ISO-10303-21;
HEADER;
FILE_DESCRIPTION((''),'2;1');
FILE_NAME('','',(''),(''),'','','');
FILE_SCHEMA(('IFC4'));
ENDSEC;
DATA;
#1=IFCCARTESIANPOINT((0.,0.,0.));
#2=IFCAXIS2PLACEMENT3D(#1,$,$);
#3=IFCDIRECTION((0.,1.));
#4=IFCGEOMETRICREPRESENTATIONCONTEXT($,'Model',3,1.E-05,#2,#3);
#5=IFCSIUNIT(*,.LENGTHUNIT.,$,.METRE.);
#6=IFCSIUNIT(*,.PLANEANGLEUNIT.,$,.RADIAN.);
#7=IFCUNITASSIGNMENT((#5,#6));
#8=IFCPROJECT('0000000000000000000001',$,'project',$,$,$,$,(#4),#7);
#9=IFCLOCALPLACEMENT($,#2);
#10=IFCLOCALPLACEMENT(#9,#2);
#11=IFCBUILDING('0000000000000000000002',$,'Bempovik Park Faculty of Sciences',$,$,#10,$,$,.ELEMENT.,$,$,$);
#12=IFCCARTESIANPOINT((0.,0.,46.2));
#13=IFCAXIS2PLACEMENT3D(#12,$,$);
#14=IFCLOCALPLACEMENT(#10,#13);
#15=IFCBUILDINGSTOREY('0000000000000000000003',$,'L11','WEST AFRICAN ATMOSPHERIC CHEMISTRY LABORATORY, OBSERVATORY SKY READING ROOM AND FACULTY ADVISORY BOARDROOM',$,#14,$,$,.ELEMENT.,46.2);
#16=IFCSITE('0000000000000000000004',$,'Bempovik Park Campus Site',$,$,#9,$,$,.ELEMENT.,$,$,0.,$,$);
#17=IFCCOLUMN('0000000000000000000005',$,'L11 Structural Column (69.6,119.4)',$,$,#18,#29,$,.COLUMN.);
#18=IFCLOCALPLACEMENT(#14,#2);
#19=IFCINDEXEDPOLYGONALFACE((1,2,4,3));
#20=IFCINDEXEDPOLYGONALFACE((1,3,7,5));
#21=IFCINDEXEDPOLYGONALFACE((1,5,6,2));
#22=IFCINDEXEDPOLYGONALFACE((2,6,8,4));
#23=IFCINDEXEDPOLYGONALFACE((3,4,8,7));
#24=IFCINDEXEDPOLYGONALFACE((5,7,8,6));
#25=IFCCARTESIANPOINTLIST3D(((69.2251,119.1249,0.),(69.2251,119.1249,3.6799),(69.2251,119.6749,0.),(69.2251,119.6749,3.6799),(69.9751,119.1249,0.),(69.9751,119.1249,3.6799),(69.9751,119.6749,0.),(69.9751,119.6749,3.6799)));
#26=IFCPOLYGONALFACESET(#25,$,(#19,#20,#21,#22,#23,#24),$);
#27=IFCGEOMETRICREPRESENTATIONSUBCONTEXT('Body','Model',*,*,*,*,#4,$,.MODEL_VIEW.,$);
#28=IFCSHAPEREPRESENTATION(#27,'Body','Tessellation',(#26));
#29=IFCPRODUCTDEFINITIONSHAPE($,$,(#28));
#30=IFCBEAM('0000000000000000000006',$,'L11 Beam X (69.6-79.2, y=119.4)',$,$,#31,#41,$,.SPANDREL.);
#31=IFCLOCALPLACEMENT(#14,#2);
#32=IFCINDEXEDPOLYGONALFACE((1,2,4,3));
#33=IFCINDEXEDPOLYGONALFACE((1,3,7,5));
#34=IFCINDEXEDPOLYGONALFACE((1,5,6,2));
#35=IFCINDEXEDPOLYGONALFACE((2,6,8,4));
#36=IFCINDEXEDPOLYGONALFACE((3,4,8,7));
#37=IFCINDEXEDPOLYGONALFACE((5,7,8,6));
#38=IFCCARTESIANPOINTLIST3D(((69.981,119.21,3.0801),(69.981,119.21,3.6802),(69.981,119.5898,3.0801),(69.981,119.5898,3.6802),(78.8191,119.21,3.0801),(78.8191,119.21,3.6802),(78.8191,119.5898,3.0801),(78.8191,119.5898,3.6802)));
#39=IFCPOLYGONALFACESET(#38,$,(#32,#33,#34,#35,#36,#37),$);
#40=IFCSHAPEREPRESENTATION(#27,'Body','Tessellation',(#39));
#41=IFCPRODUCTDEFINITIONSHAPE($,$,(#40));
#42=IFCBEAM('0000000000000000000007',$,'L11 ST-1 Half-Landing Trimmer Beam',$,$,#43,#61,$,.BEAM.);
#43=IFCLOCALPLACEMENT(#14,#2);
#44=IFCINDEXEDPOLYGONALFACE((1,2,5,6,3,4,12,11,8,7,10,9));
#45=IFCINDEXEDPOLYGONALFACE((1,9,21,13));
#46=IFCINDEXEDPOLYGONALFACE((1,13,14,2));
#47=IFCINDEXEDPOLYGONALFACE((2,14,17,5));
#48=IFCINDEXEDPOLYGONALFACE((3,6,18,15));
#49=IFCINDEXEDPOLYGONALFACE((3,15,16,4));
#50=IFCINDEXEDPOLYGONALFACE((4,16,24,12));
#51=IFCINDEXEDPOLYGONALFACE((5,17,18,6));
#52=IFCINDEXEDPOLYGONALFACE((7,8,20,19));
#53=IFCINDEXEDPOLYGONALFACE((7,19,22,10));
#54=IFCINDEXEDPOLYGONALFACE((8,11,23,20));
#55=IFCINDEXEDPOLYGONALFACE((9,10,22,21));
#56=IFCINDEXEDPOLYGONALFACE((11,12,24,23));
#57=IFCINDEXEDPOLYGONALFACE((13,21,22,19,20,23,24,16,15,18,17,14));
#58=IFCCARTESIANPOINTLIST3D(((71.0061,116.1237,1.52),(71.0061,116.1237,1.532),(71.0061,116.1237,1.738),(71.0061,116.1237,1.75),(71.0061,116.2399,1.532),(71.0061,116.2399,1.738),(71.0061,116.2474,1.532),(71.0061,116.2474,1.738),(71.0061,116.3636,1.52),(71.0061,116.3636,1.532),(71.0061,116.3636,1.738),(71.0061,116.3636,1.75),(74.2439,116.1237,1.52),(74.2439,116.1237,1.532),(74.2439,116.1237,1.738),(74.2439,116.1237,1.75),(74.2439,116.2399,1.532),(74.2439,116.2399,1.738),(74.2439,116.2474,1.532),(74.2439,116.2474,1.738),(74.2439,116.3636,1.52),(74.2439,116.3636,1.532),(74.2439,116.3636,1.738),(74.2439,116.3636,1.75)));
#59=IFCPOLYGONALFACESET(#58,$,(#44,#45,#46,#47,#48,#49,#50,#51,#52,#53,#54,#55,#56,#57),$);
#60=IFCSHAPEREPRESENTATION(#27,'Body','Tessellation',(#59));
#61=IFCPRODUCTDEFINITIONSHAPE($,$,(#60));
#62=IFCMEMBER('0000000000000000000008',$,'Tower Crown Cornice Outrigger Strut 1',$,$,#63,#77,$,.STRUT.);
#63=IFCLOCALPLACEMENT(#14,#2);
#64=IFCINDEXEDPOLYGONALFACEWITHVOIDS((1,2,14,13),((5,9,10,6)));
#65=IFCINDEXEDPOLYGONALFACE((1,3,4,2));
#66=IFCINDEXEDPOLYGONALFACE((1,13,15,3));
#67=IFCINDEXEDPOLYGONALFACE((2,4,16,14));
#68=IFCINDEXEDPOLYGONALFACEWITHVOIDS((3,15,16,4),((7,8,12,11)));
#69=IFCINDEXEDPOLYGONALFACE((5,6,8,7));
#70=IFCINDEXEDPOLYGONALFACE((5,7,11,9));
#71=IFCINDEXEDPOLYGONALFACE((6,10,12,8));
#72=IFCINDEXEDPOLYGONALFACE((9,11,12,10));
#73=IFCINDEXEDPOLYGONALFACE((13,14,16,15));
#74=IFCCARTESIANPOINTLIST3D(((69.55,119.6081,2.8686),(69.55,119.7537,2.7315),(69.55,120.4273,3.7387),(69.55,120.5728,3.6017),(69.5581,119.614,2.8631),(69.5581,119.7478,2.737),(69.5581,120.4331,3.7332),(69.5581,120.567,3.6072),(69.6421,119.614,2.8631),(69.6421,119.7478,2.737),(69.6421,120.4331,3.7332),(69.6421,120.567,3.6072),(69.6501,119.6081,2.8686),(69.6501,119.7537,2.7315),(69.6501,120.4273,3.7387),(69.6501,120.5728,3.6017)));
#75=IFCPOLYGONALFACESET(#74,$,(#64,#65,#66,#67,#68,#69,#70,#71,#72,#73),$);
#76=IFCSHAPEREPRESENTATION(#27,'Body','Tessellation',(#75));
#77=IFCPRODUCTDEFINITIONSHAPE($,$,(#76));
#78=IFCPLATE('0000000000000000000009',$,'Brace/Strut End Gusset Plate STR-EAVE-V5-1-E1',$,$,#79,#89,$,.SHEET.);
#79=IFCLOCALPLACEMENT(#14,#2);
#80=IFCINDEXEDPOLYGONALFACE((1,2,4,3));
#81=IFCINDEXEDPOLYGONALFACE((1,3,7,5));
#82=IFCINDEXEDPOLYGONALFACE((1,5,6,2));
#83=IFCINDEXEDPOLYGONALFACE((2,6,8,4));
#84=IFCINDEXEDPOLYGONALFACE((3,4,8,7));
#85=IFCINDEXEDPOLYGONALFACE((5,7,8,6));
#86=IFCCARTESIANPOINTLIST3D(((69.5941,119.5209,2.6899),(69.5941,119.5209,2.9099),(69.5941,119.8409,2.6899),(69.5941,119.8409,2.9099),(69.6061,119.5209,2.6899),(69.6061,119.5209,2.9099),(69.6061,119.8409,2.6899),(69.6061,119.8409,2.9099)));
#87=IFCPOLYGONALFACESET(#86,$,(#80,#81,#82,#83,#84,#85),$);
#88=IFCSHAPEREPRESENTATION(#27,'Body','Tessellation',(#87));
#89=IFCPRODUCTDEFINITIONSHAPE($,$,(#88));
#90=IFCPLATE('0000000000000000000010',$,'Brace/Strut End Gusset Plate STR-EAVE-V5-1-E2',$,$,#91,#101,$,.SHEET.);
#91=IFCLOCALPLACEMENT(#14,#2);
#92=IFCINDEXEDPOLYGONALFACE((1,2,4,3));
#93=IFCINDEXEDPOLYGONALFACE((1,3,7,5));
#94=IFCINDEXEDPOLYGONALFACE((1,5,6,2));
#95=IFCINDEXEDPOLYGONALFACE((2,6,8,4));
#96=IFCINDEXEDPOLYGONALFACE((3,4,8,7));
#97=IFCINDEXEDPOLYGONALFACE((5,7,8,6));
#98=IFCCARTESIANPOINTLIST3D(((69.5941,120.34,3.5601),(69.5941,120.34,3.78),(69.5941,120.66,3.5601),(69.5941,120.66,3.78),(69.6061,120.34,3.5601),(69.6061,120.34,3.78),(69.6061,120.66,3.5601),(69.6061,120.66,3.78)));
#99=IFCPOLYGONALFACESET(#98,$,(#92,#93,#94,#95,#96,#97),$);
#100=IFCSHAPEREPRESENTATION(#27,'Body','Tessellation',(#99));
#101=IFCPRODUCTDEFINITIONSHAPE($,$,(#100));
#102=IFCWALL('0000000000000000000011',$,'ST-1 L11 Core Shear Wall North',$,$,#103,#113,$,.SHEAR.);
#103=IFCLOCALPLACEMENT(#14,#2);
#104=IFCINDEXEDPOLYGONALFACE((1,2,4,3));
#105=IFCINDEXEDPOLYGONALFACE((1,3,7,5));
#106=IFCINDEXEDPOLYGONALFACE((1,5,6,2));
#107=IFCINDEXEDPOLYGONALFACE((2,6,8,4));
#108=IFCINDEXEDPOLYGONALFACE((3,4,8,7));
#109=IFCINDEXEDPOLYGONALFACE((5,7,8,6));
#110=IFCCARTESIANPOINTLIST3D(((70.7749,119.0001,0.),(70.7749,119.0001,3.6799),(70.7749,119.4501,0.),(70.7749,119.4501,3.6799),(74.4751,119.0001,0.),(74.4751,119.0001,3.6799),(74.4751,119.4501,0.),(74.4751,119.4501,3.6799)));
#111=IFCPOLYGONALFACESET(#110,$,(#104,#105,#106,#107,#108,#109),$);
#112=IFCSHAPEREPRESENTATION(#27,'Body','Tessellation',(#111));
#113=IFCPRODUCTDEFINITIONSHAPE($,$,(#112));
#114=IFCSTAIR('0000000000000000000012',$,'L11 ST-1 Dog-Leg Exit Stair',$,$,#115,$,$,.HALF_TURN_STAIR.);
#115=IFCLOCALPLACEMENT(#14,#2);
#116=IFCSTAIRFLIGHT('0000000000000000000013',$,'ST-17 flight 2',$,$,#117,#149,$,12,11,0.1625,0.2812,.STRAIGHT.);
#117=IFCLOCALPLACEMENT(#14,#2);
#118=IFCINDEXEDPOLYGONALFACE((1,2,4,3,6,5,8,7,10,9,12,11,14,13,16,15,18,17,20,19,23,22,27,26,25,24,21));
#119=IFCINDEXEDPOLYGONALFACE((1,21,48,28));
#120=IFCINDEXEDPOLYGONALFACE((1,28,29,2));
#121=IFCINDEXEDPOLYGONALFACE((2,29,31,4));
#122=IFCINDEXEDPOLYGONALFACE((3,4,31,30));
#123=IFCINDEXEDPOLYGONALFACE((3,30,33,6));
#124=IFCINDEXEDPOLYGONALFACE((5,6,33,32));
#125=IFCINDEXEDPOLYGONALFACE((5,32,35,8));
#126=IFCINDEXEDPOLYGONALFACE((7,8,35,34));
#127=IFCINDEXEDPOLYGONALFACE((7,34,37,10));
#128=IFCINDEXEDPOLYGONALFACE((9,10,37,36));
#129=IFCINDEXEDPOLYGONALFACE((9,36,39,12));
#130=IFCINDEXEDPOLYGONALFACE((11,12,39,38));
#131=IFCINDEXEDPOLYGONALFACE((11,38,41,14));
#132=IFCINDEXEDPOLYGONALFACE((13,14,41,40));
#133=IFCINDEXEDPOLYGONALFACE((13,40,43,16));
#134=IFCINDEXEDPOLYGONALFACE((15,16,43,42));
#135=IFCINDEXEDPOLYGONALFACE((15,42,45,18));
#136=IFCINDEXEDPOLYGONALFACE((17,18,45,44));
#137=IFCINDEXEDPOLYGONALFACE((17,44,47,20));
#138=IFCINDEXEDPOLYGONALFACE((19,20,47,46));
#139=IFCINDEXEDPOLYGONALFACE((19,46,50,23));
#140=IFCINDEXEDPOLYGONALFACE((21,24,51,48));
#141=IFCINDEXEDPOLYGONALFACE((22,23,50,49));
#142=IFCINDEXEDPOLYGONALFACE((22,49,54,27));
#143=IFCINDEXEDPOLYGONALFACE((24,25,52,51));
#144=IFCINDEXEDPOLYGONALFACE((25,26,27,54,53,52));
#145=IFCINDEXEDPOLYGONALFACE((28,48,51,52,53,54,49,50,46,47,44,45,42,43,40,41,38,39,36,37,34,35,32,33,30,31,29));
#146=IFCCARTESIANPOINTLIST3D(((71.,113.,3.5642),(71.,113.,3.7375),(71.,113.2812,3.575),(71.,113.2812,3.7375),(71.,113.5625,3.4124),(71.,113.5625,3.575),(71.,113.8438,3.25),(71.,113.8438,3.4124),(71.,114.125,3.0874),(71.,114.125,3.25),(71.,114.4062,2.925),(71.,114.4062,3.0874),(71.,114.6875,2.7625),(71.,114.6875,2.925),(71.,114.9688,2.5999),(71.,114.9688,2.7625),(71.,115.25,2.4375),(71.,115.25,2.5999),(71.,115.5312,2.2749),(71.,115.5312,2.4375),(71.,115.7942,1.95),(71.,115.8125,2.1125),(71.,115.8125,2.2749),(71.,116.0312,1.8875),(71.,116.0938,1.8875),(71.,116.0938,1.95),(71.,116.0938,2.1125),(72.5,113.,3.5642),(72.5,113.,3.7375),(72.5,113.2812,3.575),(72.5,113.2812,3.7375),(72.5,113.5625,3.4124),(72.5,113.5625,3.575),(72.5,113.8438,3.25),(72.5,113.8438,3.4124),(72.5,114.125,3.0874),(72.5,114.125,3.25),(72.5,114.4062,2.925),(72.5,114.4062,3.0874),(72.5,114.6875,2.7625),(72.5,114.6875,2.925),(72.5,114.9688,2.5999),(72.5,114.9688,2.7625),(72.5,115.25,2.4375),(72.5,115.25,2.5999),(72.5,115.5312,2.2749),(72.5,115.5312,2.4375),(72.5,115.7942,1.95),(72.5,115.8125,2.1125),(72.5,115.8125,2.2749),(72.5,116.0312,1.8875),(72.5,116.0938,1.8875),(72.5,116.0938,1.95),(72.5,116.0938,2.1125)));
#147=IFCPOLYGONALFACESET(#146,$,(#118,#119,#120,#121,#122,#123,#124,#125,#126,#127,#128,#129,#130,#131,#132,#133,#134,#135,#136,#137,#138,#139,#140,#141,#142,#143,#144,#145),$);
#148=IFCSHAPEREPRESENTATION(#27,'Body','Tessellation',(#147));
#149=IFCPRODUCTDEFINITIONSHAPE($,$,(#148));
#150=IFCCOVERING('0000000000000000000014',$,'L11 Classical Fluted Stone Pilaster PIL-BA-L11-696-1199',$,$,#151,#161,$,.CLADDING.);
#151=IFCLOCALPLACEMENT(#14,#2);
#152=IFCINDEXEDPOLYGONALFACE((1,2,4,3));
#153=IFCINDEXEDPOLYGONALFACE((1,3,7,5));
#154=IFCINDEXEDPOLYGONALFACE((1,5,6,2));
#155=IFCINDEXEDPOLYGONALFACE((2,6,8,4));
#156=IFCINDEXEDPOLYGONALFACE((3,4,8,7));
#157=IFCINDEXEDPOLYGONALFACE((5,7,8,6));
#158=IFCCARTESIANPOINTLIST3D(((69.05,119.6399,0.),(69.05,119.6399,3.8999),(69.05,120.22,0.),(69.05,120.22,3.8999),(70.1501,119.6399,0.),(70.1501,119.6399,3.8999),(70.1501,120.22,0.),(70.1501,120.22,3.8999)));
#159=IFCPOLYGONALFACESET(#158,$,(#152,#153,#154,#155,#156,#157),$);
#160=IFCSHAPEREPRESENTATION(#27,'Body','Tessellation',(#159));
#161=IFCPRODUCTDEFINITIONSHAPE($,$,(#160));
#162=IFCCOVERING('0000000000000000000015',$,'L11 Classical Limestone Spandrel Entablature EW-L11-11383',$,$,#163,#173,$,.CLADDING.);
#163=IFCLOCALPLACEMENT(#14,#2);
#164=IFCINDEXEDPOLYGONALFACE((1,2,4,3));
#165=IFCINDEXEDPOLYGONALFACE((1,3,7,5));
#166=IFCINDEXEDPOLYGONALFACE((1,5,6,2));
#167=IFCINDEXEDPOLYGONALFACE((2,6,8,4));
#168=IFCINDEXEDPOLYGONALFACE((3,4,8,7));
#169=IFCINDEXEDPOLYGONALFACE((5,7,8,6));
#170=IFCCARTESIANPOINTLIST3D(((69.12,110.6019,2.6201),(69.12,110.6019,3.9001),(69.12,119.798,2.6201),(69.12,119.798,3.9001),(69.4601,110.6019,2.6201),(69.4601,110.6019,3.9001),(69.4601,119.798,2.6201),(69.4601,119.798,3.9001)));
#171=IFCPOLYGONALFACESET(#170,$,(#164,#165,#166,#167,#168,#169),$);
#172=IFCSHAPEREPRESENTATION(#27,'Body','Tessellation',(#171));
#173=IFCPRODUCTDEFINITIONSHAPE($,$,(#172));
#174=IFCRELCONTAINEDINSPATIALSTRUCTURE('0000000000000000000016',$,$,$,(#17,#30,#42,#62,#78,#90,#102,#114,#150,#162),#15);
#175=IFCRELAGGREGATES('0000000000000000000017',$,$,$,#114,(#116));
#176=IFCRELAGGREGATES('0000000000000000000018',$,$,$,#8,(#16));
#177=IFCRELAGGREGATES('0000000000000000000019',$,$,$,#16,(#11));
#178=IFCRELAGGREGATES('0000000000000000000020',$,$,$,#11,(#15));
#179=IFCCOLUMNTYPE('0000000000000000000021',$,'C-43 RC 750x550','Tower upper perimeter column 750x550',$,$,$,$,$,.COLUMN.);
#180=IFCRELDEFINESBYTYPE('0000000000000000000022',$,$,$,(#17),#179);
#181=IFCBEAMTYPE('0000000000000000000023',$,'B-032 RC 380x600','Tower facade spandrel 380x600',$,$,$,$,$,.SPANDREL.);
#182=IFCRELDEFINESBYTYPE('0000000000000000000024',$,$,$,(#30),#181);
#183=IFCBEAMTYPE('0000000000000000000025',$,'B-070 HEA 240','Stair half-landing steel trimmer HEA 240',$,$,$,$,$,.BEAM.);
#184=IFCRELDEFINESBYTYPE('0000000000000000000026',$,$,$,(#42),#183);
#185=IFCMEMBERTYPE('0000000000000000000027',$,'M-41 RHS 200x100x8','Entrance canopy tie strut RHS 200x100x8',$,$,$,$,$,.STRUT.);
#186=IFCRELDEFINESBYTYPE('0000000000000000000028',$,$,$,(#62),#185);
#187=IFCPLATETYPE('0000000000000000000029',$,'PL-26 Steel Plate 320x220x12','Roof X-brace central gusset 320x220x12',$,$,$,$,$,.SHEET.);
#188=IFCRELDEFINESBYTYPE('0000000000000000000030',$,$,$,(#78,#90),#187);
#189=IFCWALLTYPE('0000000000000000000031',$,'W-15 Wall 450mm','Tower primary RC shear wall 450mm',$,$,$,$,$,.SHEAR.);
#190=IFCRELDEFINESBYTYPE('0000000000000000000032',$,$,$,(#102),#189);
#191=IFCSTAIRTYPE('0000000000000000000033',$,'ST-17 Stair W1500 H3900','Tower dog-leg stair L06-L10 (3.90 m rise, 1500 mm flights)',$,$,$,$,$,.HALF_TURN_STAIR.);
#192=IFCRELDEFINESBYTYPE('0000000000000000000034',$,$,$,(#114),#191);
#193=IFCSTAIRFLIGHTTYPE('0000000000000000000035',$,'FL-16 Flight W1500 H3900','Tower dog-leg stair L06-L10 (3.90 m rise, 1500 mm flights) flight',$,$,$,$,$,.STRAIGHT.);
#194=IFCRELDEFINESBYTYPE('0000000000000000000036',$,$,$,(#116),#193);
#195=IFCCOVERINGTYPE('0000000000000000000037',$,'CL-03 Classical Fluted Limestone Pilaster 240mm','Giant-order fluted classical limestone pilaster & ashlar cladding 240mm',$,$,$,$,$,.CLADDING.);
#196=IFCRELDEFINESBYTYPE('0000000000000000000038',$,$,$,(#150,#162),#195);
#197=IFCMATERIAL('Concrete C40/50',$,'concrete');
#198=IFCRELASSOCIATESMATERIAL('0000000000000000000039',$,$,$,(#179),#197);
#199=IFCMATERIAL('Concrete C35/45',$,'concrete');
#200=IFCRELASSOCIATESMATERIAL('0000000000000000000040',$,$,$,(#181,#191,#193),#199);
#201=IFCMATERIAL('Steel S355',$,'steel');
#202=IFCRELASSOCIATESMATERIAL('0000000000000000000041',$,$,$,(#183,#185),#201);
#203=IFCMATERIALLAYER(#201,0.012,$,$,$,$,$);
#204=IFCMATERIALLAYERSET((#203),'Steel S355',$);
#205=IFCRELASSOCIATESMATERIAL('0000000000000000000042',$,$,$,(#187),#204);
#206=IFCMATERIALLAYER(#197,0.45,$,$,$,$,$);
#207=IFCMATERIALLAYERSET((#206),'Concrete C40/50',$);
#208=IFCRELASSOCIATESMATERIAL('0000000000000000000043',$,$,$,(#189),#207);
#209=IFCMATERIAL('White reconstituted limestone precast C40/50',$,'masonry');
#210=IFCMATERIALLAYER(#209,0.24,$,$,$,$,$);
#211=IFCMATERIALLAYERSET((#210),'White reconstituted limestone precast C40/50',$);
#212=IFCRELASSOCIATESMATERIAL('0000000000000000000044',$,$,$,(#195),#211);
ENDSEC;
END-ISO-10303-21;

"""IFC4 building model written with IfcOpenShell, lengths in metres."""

from ifc_helpers import new_model, si_unit, direction, frame, frame_2d, origin, origin_2d, place, context, subcontext, project, spatial, polyline, rectangle, hollow_rectangle, i_section, outline, extrude, material, layer, layer_set, material_profile, profile_set, type_object, element, aggregate, save


model = new_model("IFC4")

# Units and contexts
model_context = context("Model", 3, precision=1e-05, world=origin(), true_north=direction((0.0, 1.0)))
body_context = subcontext(model_context, "Body", "Model", "MODEL_VIEW")
ifc_project = project(units=[si_unit("LENGTHUNIT", "METRE"), si_unit("PLANEANGLEUNIT", "RADIAN")], contexts=[model_context])

# Site, building, storey
site_placement = place(None, origin())
site = spatial("IfcSite", under=ifc_project, at=site_placement, Name="Bempovik Park Campus Site", CompositionType="ELEMENT", RefElevation=0.0)
building_placement = place(site_placement, origin())
building = spatial("IfcBuilding", under=site, at=building_placement, Name="Bempovik Park Faculty of Sciences", CompositionType="ELEMENT")
storey_placement = place(building_placement, frame((0.0, 0.0, 46.2)))
storey = spatial("IfcBuildingStorey", under=building, at=storey_placement, Name="L11", Description="WEST AFRICAN ATMOSPHERIC CHEMISTRY LABORATORY, OBSERVATORY SKY READING ROOM AND FACULTY ADVISORY BOARDROOM", CompositionType="ELEMENT", Elevation=46.2)

# Column
ifc_material_1 = material(Name="Concrete C40/50", Category="concrete")
ifc_material_profile_1 = material_profile(ifc_material_1, rectangle(XDim=0.75, YDim=0.55, at=origin_2d()), Name="RC 750x550")
ifc_profile_set_1 = profile_set([ifc_material_profile_1], Name="Concrete C40/50")
column_type = type_object("IfcColumnType", Name="C-43 RC 750x550", Description="Tower upper perimeter column 750x550", PredefinedType="COLUMN", material=ifc_profile_set_1)
column_placement = place(storey_placement, frame((69.6001, 119.3999, 0.0), z_axis=(0.0, 0.0, 1.0), x_axis=(1.0, 0.0, 0.0)))
element("IfcColumn", 1, at=column_placement, inside=storey, type_object=column_type, Name="L11 Structural Column (69.6,119.4)", PredefinedType="COLUMN", context=body_context, shape_type="SweptSolid", body=[
    extrude(rectangle(XDim=0.75, YDim=0.55, at=origin_2d()), origin(), (0.0, 0.0, 1.0), 3.6799),
])

# Beams
ifc_material_2 = material(Name="Concrete C35/45", Category="concrete")
ifc_material_profile_2 = material_profile(ifc_material_2, rectangle(XDim=0.3799, YDim=0.6001, at=origin_2d()), Name="RC 380x600")
ifc_profile_set_2 = profile_set([ifc_material_profile_2], Name="Concrete C35/45")
beam_type_1 = type_object("IfcBeamType", Name="B-032 RC 380x600", Description="Tower facade spandrel 380x600", PredefinedType="SPANDREL", material=ifc_profile_set_2)
beam_1_placement = place(storey_placement, frame((69.981, 119.3999, 3.3801), z_axis=(1.0, 0.0, 0.0), x_axis=(0.0, 1.0, 0.0)))
element("IfcBeam", 2, at=beam_1_placement, inside=storey, type_object=beam_type_1, Name="L11 Beam X (69.6-79.2, y=119.4)", PredefinedType="SPANDREL", context=body_context, shape_type="SweptSolid", body=[
    extrude(rectangle(XDim=0.3799, YDim=0.6001, at=origin_2d()), origin(), (0.0, 0.0, 1.0), 8.8381),
])
ifc_material_3 = material(Name="Steel S355", Category="steel")
ifc_material_profile_3 = material_profile(ifc_material_3, i_section(OverallWidth=0.24, OverallDepth=0.23, WebThickness=0.0076, FlangeThickness=0.012, at=origin_2d()), Name="HEA 240")
ifc_profile_set_3 = profile_set([ifc_material_profile_3], Name="Steel S355")
beam_type_2 = type_object("IfcBeamType", Name="B-070 HEA 240", Description="Stair half-landing steel trimmer HEA 240", PredefinedType="BEAM", material=ifc_profile_set_3)
beam_2_placement = place(storey_placement, frame((71.0061, 116.2437, 1.635), z_axis=(1.0, 0.0, 0.0), x_axis=(0.0, 1.0, 0.0)))
element("IfcBeam", 3, at=beam_2_placement, inside=storey, type_object=beam_type_2, Name="L11 ST-1 Half-Landing Trimmer Beam", PredefinedType="BEAM", context=body_context, shape_type="SweptSolid", body=[
    extrude(i_section(OverallWidth=0.24, OverallDepth=0.23, WebThickness=0.0076, FlangeThickness=0.012, at=origin_2d()), origin(), (0.0, 0.0, 1.0), 3.2378),
])

# Member
ifc_material_profile_4 = material_profile(ifc_material_3, hollow_rectangle(XDim=0.1001, YDim=0.2, WallThickness=0.0081, at=origin_2d()), Name="RHS 200x100x8")
ifc_profile_set_4 = profile_set([ifc_material_profile_4], Name="Steel S355")
member_type = type_object("IfcMemberType", Name="M-41 RHS 200x100x8", Description="Entrance canopy tie strut RHS 200x100x8", PredefinedType="STRUT", material=ifc_profile_set_4)
member_placement = place(storey_placement, frame((69.6001, 119.6809, 2.8), z_axis=(0.0, 0.685435, 0.728134), x_axis=(-1.0, 0.0, 0.0)))
element("IfcMember", 4, at=member_placement, inside=storey, type_object=member_type, Name="Tower Crown Cornice Outrigger Strut 1", PredefinedType="STRUT", context=body_context, shape_type="SweptSolid", body=[
    extrude(hollow_rectangle(XDim=0.1001, YDim=0.2, WallThickness=0.0081, at=origin_2d()), origin(), (0.0, 0.0, 1.0), 1.1951),
])

# Plates
ifc_layer_1 = layer(ifc_material_3, 0.012)
ifc_layer_set_1 = layer_set([ifc_layer_1], Name="Steel S355")
plate_type = type_object("IfcPlateType", Name="PL-26 Steel Plate 320x220x12", Description="Roof X-brace central gusset 320x220x12", PredefinedType="SHEET", material=ifc_layer_set_1)
for number, where, z_axis, x_axis, name in (
    (5, (69.6001, 119.6809, 2.6899), (0.0, 0.0, 1.0), (1.0, 0.0, 0.0), "Brace/Strut End Gusset Plate STR-EAVE-V5-1-E1"),
    (6, (69.6001, 120.5, 3.5601), (0.0, 0.0, 1.0), (1.0, 0.0, 0.0), "Brace/Strut End Gusset Plate STR-EAVE-V5-1-E2"),
):
    element("IfcPlate", number, at=place(storey_placement, frame(where, z_axis=z_axis, x_axis=x_axis)), inside=storey, type_object=plate_type, Name=name, PredefinedType="SHEET", context=body_context, shape_type="SweptSolid", body=[
        extrude(rectangle(XDim=0.012, YDim=0.3201, at=origin_2d()), origin(), (0.0, 0.0, 1.0), 0.22),
    ])

# Wall
ifc_layer_2 = layer(ifc_material_1, 0.45)
ifc_layer_set_2 = layer_set([ifc_layer_2], Name="Concrete C40/50")
wall_type = type_object("IfcWallType", Name="W-15 Wall 450mm", Description="Tower primary RC shear wall 450mm", PredefinedType="SHEAR", material=ifc_layer_set_2)
wall_placement = place(storey_placement, frame((70.7749, 119.2251, 0.0), z_axis=(0.0, 0.0, 1.0), x_axis=(1.0, 0.0, 0.0)))
element("IfcWall", 7, at=wall_placement, inside=storey, type_object=wall_type, Name="ST-1 L11 Core Shear Wall North", PredefinedType="SHEAR", context=body_context, shape_type="SweptSolid", body=[
    extrude(rectangle(XDim=3.7002, YDim=0.45, at=frame_2d((1.8501, 0.0))), origin(), (0.0, 0.0, 1.0), 3.6799),
])

# Stair, stair flight
stair_type = type_object("IfcStairType", Name="ST-17 Stair W1500 H3900", Description="Tower dog-leg stair L06-L10 (3.90 m rise, 1500 mm flights)", PredefinedType="HALF_TURN_STAIR", material=ifc_material_2)
stair_placement = place(storey_placement, origin())
stair = element("IfcStair", 8, at=stair_placement, inside=storey, type_object=stair_type, Name="L11 ST-1 Dog-Leg Exit Stair", PredefinedType="HALF_TURN_STAIR")
stair_flight_type = type_object("IfcStairFlightType", Name="FL-16 Flight W1500 H3900", Description="Tower dog-leg stair L06-L10 (3.90 m rise, 1500 mm flights) flight", PredefinedType="STRAIGHT", material=ifc_material_2)
stair_flight_placement = place(storey_placement, frame((71.75, 116.0938, 1.95), z_axis=(0.0, 0.0, 1.0), x_axis=(0.0, -1.0, 0.0)))
stair_flight = element("IfcStairFlight", 9, at=stair_flight_placement, type_object=stair_flight_type, Name="ST-17 flight 2", NumberOfRisers=12, NumberOfTreads=11, PredefinedType="STRAIGHT", RiserHeight=0.1625, TreadLength=0.2812, context=body_context, shape_type="SweptSolid", body=[
    extrude(outline(polyline([(0.0, 0.0), (0.0, 0.1626), (0.2812, 0.1626), (0.2812, 0.325), (0.5625, 0.325), (0.5625, 0.4875), (0.8438, 0.4875), (0.8438, 0.6499), (1.125, 0.6499), (1.125, 0.8125), (1.4062, 0.8125), (1.4062, 0.9751), (1.6875, 0.9751), (1.6875, 1.1375), (1.9688, 1.1375), (1.9688, 1.3), (2.25, 1.3), (2.25, 1.4624), (2.5312, 1.4624), (2.5312, 1.625), (2.8125, 1.625), (2.8125, 1.7876), (3.0938, 1.7876), (3.0938, 1.95), (3.0938, 1.6143), (0.2996, 0.0), (0.0625, -0.0625), (0.0, -0.0625), (0.0, 0.0)])), frame((0.0, 0.75, 0.0), z_axis=(0.0, -1.0, 0.0), x_axis=(1.0, 0.0, 0.0)), (0.0, 0.0, 1.0), 1.5),
])
aggregate(stair, [stair_flight])

# Coverings
ifc_material_4 = material(Name="White reconstituted limestone precast C40/50", Category="masonry")
ifc_layer_3 = layer(ifc_material_4, 0.24)
ifc_layer_set_3 = layer_set([ifc_layer_3], Name="White reconstituted limestone precast C40/50")
covering_type = type_object("IfcCoveringType", Name="CL-03 Classical Fluted Limestone Pilaster 240mm", Description="Giant-order fluted classical limestone pilaster & ashlar cladding 240mm", PredefinedType="CLADDING", material=ifc_layer_set_3)
covering_1_placement = place(storey_placement, frame((69.6001, 119.9299, 0.0), z_axis=(0.0, 0.0, 1.0), x_axis=(1.0, 0.0, 0.0)))
element("IfcCovering", 10, at=covering_1_placement, inside=storey, type_object=covering_type, Name="L11 Classical Fluted Stone Pilaster PIL-BA-L11-696-1199", PredefinedType="CLADDING", context=body_context, shape_type="SweptSolid", body=[
    extrude(rectangle(XDim=1.1001, YDim=0.5801, at=origin_2d()), origin(), (0.0, 0.0, 1.0), 3.8999),
])
covering_2_placement = place(storey_placement, frame((69.29, 115.2, 2.6201), z_axis=(0.0, 0.0, 1.0), x_axis=(1.0, 0.0, 0.0)))
element("IfcCovering", 11, at=covering_2_placement, inside=storey, type_object=covering_type, Name="L11 Classical Limestone Spandrel Entablature EW-L11-11383", PredefinedType="CLADDING", context=body_context, shape_type="SweptSolid", body=[
    extrude(rectangle(XDim=0.3401, YDim=9.196, at=origin_2d()), origin(), (0.0, 0.0, 1.0), 1.28),
])

save(model, "model.ifc")
